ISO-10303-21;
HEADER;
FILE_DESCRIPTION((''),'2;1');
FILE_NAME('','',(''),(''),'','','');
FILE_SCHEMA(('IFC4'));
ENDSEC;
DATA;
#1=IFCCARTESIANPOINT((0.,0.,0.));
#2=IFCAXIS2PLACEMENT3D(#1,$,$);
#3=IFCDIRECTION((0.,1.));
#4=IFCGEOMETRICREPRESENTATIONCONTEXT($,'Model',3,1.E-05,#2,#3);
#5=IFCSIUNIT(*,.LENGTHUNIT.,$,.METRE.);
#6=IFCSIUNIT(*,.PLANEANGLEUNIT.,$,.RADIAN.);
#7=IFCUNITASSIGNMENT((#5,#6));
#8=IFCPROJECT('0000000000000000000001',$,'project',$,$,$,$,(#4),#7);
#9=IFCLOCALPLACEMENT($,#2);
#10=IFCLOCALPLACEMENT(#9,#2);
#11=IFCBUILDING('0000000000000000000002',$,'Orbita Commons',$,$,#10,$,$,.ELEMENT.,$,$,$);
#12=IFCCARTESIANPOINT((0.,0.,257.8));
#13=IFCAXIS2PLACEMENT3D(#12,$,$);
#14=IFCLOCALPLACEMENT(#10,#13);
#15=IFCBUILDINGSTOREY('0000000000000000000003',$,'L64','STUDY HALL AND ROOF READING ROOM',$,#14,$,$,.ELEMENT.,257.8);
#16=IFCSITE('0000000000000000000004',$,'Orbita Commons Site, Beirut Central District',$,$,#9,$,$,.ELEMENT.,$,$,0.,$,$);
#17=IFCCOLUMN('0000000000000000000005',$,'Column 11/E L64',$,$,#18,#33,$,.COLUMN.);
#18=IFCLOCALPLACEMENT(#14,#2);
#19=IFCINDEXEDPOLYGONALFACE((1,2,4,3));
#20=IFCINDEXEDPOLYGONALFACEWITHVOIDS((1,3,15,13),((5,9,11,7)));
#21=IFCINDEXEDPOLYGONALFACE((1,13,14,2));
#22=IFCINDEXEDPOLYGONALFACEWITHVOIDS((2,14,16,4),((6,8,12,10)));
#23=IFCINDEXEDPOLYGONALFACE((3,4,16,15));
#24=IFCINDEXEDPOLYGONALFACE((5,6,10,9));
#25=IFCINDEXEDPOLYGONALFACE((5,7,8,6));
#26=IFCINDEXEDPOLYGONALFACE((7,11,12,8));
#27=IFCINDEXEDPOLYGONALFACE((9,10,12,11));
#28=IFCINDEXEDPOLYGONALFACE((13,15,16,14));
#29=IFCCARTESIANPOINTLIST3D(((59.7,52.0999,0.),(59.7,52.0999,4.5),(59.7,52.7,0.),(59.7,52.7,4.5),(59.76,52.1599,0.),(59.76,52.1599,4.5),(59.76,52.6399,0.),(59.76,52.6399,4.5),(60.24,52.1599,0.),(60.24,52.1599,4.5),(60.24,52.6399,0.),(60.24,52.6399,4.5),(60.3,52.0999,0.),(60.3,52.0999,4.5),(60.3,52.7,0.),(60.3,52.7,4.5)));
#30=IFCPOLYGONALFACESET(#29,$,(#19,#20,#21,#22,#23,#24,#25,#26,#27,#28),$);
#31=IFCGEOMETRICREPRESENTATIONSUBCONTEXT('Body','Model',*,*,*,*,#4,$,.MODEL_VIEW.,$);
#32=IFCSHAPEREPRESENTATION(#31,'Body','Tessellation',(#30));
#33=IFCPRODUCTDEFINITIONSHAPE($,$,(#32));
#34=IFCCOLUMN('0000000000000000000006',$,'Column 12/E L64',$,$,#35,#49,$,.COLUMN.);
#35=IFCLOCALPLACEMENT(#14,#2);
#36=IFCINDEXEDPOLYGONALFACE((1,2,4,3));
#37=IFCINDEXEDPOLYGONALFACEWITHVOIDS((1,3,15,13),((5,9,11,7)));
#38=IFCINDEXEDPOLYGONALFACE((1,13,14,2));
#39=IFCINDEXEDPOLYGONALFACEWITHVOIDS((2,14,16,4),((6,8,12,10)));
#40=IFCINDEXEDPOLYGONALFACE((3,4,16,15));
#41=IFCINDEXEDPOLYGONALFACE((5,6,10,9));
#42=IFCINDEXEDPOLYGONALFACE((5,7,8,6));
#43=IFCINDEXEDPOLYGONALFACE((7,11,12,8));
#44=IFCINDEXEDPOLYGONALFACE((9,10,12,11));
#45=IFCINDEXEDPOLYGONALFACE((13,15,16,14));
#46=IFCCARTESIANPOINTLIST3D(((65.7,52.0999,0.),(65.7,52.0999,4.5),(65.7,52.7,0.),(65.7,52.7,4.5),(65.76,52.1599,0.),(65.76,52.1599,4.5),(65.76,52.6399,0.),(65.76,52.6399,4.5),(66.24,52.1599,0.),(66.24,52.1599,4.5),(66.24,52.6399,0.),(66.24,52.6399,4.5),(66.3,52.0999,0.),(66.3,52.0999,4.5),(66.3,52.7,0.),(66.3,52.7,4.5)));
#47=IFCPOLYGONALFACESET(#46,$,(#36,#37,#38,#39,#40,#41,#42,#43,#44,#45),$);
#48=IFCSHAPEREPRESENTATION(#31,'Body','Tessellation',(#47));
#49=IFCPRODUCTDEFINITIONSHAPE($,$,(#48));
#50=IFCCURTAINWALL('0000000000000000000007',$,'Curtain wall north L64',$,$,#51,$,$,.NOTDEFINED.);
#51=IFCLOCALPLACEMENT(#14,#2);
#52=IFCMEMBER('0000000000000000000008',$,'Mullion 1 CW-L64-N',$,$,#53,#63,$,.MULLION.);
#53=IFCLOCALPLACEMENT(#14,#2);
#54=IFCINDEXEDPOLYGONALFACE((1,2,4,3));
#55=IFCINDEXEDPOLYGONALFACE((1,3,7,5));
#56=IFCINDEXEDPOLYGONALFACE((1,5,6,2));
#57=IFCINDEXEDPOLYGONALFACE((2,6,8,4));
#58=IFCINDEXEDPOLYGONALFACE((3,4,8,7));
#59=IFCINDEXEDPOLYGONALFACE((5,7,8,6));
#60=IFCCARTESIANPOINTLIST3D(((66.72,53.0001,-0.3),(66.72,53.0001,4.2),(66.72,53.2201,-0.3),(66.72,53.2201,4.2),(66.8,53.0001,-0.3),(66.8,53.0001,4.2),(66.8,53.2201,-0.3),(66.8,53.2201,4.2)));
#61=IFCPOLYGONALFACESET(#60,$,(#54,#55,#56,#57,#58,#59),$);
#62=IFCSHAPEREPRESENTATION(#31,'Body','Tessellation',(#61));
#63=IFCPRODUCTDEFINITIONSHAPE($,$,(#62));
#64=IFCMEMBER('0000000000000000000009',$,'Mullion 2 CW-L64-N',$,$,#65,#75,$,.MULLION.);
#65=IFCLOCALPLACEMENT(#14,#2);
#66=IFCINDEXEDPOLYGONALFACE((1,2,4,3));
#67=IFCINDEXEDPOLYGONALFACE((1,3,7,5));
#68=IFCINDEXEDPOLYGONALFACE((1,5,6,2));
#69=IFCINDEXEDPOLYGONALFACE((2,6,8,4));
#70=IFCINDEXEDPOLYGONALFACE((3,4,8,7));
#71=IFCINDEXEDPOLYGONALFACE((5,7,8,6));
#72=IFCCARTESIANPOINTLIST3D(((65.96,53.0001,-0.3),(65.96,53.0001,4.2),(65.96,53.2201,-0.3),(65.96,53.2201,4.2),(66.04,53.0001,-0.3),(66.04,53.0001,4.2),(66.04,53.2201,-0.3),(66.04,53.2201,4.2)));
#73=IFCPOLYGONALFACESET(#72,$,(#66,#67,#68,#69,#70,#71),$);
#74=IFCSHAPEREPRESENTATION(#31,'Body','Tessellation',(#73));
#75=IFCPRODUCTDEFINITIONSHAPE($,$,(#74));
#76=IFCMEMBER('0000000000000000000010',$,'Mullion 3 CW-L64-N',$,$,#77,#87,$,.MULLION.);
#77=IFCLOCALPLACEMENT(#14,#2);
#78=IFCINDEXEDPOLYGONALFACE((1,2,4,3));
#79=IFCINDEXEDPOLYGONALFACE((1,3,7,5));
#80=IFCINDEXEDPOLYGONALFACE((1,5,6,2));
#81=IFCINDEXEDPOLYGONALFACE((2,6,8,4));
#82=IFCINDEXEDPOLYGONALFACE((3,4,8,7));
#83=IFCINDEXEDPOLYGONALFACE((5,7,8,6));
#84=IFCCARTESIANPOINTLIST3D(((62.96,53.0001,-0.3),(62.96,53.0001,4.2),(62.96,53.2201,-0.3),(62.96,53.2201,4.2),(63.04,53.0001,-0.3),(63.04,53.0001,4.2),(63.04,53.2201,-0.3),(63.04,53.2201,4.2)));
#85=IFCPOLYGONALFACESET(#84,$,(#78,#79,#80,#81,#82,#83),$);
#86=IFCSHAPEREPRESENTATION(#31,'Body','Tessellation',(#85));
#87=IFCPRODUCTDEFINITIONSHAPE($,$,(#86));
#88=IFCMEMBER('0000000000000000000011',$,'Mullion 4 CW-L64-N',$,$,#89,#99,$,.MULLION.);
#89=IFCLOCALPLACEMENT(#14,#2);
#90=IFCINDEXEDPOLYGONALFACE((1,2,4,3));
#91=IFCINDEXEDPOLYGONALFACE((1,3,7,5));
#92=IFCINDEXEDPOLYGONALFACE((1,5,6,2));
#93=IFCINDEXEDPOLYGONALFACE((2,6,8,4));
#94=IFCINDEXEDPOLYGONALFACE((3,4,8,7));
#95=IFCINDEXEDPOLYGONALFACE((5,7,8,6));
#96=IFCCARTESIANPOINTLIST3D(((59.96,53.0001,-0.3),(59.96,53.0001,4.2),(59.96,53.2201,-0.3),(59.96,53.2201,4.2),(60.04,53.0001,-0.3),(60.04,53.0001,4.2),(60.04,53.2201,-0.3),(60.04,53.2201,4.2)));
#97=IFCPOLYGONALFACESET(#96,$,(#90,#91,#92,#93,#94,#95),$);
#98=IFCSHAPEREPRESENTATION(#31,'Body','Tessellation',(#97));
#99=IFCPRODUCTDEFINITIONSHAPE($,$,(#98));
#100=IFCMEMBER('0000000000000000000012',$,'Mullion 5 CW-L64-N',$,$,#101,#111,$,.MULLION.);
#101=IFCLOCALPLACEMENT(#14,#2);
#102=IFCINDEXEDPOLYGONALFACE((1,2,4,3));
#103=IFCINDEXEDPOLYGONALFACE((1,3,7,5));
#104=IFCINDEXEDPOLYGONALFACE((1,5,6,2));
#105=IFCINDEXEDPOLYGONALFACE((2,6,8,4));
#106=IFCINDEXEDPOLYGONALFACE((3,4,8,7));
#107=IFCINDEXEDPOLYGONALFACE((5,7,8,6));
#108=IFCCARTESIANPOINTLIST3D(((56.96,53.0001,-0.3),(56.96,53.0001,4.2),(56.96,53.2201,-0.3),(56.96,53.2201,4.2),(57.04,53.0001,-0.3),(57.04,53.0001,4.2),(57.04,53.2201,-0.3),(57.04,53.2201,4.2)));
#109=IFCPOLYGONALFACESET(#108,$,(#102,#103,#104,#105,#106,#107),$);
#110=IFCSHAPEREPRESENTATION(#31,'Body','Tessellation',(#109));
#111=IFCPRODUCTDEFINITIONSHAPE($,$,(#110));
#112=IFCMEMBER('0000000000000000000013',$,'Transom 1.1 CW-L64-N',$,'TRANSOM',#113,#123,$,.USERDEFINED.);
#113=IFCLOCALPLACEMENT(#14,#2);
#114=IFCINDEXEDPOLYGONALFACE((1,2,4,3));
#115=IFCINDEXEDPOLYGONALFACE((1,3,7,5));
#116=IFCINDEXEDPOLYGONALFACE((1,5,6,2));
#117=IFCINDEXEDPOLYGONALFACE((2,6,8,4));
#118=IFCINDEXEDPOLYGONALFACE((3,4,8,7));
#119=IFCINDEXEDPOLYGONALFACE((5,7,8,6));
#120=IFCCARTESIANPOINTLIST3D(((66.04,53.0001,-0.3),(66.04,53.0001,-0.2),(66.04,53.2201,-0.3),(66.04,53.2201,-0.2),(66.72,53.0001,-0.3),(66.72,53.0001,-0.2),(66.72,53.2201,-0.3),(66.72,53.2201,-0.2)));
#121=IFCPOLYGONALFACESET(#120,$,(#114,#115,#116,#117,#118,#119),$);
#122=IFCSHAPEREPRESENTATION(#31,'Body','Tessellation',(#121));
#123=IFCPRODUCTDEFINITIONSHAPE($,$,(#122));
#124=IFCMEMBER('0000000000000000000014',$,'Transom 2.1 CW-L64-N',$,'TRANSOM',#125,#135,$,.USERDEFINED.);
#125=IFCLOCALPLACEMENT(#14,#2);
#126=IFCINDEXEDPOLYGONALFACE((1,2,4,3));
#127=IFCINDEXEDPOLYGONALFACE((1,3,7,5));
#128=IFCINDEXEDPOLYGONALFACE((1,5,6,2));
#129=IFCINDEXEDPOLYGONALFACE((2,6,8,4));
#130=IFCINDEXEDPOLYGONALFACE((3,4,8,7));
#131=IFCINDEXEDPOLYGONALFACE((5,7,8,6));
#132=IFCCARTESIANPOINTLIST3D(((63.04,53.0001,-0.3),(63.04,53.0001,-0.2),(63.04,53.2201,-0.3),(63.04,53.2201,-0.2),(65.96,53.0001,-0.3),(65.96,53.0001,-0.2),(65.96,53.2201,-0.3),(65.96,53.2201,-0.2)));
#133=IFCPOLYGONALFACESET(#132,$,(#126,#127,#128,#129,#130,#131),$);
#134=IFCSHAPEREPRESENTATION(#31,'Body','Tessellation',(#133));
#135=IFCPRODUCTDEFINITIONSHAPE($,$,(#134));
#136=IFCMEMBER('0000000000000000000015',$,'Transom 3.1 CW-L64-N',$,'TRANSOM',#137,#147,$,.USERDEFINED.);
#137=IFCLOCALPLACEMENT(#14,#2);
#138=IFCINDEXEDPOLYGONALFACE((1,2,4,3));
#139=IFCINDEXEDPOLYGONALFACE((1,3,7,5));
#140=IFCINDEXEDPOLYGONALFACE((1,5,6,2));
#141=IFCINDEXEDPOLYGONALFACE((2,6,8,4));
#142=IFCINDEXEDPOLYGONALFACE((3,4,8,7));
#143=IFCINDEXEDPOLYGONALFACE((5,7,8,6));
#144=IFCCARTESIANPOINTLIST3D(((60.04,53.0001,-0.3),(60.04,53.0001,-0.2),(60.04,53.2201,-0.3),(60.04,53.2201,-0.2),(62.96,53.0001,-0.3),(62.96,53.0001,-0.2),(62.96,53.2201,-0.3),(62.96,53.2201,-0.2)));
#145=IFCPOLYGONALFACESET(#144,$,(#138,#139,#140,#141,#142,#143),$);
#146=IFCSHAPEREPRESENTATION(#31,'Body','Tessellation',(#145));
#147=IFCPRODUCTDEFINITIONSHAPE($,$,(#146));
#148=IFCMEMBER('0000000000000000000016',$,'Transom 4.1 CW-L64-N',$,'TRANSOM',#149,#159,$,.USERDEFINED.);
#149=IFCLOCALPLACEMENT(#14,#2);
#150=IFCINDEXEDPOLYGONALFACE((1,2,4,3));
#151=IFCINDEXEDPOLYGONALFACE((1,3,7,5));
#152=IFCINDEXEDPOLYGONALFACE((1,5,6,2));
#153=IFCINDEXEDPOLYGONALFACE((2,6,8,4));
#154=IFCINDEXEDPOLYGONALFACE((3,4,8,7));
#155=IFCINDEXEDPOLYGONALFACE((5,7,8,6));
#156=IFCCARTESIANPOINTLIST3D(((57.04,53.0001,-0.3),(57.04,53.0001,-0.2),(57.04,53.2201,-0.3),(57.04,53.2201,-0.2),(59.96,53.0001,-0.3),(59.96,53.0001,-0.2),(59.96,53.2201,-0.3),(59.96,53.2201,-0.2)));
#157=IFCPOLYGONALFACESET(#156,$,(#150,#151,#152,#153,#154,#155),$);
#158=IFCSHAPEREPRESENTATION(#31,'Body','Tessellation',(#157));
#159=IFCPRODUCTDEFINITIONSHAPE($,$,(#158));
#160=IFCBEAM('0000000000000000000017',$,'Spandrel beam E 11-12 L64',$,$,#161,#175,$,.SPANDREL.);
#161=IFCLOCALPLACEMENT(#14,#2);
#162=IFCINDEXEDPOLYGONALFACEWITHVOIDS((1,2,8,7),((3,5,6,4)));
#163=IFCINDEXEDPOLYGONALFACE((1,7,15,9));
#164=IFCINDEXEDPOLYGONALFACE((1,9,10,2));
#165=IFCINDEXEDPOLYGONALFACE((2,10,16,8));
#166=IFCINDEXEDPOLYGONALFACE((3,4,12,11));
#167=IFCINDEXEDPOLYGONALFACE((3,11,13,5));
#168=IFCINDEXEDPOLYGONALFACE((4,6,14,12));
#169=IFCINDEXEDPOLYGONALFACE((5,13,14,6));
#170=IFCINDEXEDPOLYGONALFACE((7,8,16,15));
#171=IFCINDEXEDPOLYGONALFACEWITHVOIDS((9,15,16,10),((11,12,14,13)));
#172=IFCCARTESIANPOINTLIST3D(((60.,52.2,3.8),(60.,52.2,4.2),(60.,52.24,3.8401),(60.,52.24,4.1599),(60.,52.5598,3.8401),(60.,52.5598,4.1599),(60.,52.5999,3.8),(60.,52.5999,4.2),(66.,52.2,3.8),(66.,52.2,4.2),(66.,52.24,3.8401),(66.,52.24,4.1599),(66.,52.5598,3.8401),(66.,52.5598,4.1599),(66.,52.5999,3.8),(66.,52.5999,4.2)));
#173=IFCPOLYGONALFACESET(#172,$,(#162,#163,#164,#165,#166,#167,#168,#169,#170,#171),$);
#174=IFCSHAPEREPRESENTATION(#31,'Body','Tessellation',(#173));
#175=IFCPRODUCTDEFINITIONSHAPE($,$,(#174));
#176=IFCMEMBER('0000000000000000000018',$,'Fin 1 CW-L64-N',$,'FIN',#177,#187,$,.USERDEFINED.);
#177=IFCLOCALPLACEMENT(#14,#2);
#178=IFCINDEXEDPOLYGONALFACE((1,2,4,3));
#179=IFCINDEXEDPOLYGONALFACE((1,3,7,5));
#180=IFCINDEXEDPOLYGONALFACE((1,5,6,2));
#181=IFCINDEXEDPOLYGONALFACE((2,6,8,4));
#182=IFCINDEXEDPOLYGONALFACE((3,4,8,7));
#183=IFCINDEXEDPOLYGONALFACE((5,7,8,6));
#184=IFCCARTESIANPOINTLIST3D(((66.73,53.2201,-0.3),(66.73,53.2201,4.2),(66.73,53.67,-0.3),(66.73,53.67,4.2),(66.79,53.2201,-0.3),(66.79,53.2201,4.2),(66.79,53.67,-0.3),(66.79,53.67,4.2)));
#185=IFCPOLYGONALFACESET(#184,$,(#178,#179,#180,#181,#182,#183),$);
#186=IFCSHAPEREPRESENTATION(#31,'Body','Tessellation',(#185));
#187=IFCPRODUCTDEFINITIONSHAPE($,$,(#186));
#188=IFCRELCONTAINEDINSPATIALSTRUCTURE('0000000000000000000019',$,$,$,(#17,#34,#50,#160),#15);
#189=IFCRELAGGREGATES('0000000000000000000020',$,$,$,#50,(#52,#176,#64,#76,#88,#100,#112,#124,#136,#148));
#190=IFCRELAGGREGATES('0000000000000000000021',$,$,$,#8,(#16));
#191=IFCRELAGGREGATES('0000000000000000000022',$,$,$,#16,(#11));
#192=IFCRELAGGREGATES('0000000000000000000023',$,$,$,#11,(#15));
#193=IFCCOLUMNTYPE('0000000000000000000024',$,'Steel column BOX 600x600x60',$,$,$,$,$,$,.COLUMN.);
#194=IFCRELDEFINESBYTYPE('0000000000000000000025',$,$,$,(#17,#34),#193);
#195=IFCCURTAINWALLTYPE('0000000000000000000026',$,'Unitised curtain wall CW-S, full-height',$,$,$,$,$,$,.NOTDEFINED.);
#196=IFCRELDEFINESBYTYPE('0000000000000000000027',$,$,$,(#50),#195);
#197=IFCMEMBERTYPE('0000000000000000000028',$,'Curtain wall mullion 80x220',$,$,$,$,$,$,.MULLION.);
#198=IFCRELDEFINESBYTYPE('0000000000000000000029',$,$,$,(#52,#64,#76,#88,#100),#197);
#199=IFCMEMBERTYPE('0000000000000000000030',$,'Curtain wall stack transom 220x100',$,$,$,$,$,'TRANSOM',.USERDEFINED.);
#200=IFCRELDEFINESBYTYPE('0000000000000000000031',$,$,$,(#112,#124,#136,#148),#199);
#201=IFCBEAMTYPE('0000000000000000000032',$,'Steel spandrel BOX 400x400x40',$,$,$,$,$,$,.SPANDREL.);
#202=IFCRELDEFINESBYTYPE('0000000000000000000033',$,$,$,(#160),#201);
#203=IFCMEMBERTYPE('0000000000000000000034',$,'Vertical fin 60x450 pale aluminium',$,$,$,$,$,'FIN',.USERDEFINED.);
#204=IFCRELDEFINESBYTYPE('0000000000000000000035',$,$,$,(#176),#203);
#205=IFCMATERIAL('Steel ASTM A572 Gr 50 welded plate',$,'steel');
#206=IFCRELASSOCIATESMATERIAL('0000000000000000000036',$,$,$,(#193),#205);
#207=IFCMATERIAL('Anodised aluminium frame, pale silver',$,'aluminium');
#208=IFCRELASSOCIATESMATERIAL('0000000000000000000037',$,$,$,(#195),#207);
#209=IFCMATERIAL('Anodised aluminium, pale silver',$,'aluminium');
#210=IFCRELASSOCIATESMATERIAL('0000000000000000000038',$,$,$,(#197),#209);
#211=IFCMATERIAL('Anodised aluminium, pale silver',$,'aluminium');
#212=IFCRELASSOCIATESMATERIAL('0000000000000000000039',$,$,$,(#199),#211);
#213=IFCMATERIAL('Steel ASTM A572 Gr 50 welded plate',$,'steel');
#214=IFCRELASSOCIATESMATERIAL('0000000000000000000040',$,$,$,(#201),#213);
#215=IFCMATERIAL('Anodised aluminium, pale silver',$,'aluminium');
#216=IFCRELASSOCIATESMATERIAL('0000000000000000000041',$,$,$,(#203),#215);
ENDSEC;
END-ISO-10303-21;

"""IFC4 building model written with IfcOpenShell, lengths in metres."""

from ifc_helpers import new_model, si_unit, direction, frame, origin, origin_2d, place, context, subcontext, project, spatial, rectangle, hollow_rectangle, extrude, material, material_profile, profile_set, type_object, element, aggregate, save


model = new_model("IFC4")

# Units and contexts
model_context = context("Model", 3, precision=1e-05, world=origin(), true_north=direction((0.0, 1.0)))
body_context = subcontext(model_context, "Body", "Model", "MODEL_VIEW")
ifc_project = project(units=[si_unit("LENGTHUNIT", "METRE"), si_unit("PLANEANGLEUNIT", "RADIAN")], contexts=[model_context])

# Site, building, storey
site_placement = place(None, origin())
site = spatial("IfcSite", under=ifc_project, at=site_placement, Name="Orbita Commons Site, Beirut Central District", CompositionType="ELEMENT", RefElevation=0.0)
building_placement = place(site_placement, origin())
building = spatial("IfcBuilding", under=site, at=building_placement, Name="Orbita Commons", CompositionType="ELEMENT")
storey_placement = place(building_placement, frame((0.0, 0.0, 257.8)))
storey = spatial("IfcBuildingStorey", under=building, at=storey_placement, Name="L64", Description="STUDY HALL AND ROOF READING ROOM", CompositionType="ELEMENT", Elevation=257.8)

# Columns
ifc_material_1 = material(Name="Steel ASTM A572 Gr 50 welded plate", Category="steel")
ifc_material_profile_1 = material_profile(ifc_material_1, hollow_rectangle(XDim=0.6001, YDim=0.6001, WallThickness=0.0601, at=origin_2d()), Name="BOX 600x600x60")
ifc_profile_set_1 = profile_set([ifc_material_profile_1], Name="Steel ASTM A572 Gr 50 welded plate")
column_type = type_object("IfcColumnType", Name="Steel column BOX 600x600x60", PredefinedType="COLUMN", material=ifc_profile_set_1)
for number, where, z_axis, x_axis, name in (
    (1, (60.0, 52.3999, 0.0), (0.0, 0.0, 1.0), (1.0, 0.0, 0.0), "Column 11/E L64"),
    (2, (66.0, 52.3999, 0.0), (0.0, 0.0, 1.0), (1.0, 0.0, 0.0), "Column 12/E L64"),
):
    element("IfcColumn", number, at=place(storey_placement, frame(where, z_axis=z_axis, x_axis=x_axis)), inside=storey, type_object=column_type, Name=name, PredefinedType="COLUMN", context=body_context, shape_type="SweptSolid", body=[
        extrude(hollow_rectangle(XDim=0.6001, YDim=0.6001, WallThickness=0.0601, at=origin_2d()), origin(), (0.0, 0.0, 1.0), 4.5),
    ])

# Curtain wall, members
ifc_material_2 = material(Name="Anodised aluminium frame, pale silver", Category="aluminium")
curtain_wall_type = type_object("IfcCurtainWallType", Name="Unitised curtain wall CW-S, full-height", PredefinedType="NOTDEFINED", material=ifc_material_2)
curtain_wall_placement = place(storey_placement, origin())
curtain_wall = element("IfcCurtainWall", 3, at=curtain_wall_placement, inside=storey, type_object=curtain_wall_type, Name="Curtain wall north L64", PredefinedType="NOTDEFINED")
ifc_material_3 = material(Name="Anodised aluminium, pale silver", Category="aluminium")
ifc_material_profile_2 = material_profile(ifc_material_3, rectangle(XDim=0.0801, YDim=0.22, at=origin_2d()), Name="AL 80x220")
ifc_profile_set_2 = profile_set([ifc_material_profile_2], Name="Anodised aluminium, pale silver")
member_type_1 = type_object("IfcMemberType", Name="Curtain wall mullion 80x220", PredefinedType="MULLION", material=ifc_profile_set_2)
member_1_placement = place(storey_placement, frame((66.76, 53.1101, -0.3), z_axis=(0.0, 0.0, 1.0), x_axis=(-1.0, 0.0, 0.0)))
member_1 = element("IfcMember", 4, at=member_1_placement, type_object=member_type_1, Name="Mullion 1 CW-L64-N", PredefinedType="MULLION", context=body_context, shape_type="SweptSolid", body=[
    extrude(rectangle(XDim=0.0801, YDim=0.22, at=origin_2d()), origin(), (0.0, 0.0, 1.0), 4.5),
])
member_2_placement = place(storey_placement, frame((66.0, 53.1101, -0.3), z_axis=(0.0, 0.0, 1.0), x_axis=(-1.0, 0.0, 0.0)))
member_2 = element("IfcMember", 5, at=member_2_placement, type_object=member_type_1, Name="Mullion 2 CW-L64-N", PredefinedType="MULLION", context=body_context, shape_type="SweptSolid", body=[
    extrude(rectangle(XDim=0.0801, YDim=0.22, at=origin_2d()), origin(), (0.0, 0.0, 1.0), 4.5),
])
member_3_placement = place(storey_placement, frame((63.0, 53.1101, -0.3), z_axis=(0.0, 0.0, 1.0), x_axis=(-1.0, 0.0, 0.0)))
member_3 = element("IfcMember", 6, at=member_3_placement, type_object=member_type_1, Name="Mullion 3 CW-L64-N", PredefinedType="MULLION", context=body_context, shape_type="SweptSolid", body=[
    extrude(rectangle(XDim=0.0801, YDim=0.22, at=origin_2d()), origin(), (0.0, 0.0, 1.0), 4.5),
])
member_4_placement = place(storey_placement, frame((60.0, 53.1101, -0.3), z_axis=(0.0, 0.0, 1.0), x_axis=(-1.0, 0.0, 0.0)))
member_4 = element("IfcMember", 7, at=member_4_placement, type_object=member_type_1, Name="Mullion 4 CW-L64-N", PredefinedType="MULLION", context=body_context, shape_type="SweptSolid", body=[
    extrude(rectangle(XDim=0.0801, YDim=0.22, at=origin_2d()), origin(), (0.0, 0.0, 1.0), 4.5),
])
member_5_placement = place(storey_placement, frame((57.0, 53.1101, -0.3), z_axis=(0.0, 0.0, 1.0), x_axis=(-1.0, 0.0, 0.0)))
member_5 = element("IfcMember", 8, at=member_5_placement, type_object=member_type_1, Name="Mullion 5 CW-L64-N", PredefinedType="MULLION", context=body_context, shape_type="SweptSolid", body=[
    extrude(rectangle(XDim=0.0801, YDim=0.22, at=origin_2d()), origin(), (0.0, 0.0, 1.0), 4.5),
])
ifc_material_4 = material(Name="Anodised aluminium, pale silver", Category="aluminium")
ifc_material_profile_3 = material_profile(ifc_material_4, rectangle(XDim=0.22, YDim=0.1001, at=origin_2d()), Name="AL 220x100")
ifc_profile_set_3 = profile_set([ifc_material_profile_3], Name="Anodised aluminium, pale silver")
member_type_2 = type_object("IfcMemberType", Name="Curtain wall stack transom 220x100", ElementType="TRANSOM", PredefinedType="USERDEFINED", material=ifc_profile_set_3)
member_6_placement = place(storey_placement, frame((66.72, 53.1101, -0.25), z_axis=(-1.0, 0.0, 0.0), x_axis=(0.0, -1.0, 0.0)))
member_6 = element("IfcMember", 9, at=member_6_placement, type_object=member_type_2, Name="Transom 1.1 CW-L64-N", ObjectType="TRANSOM", PredefinedType="USERDEFINED", context=body_context, shape_type="SweptSolid", body=[
    extrude(rectangle(XDim=0.22, YDim=0.1001, at=origin_2d()), origin(), (0.0, 0.0, 1.0), 0.6799),
])
member_7_placement = place(storey_placement, frame((65.96, 53.1101, -0.25), z_axis=(-1.0, 0.0, 0.0), x_axis=(0.0, -1.0, 0.0)))
member_7 = element("IfcMember", 10, at=member_7_placement, type_object=member_type_2, Name="Transom 2.1 CW-L64-N", ObjectType="TRANSOM", PredefinedType="USERDEFINED", context=body_context, shape_type="SweptSolid", body=[
    extrude(rectangle(XDim=0.22, YDim=0.1001, at=origin_2d()), origin(), (0.0, 0.0, 1.0), 2.9199),
])
member_8_placement = place(storey_placement, frame((62.96, 53.1101, -0.25), z_axis=(-1.0, 0.0, 0.0), x_axis=(0.0, -1.0, 0.0)))
member_8 = element("IfcMember", 11, at=member_8_placement, type_object=member_type_2, Name="Transom 3.1 CW-L64-N", ObjectType="TRANSOM", PredefinedType="USERDEFINED", context=body_context, shape_type="SweptSolid", body=[
    extrude(rectangle(XDim=0.22, YDim=0.1001, at=origin_2d()), origin(), (0.0, 0.0, 1.0), 2.9199),
])
member_9_placement = place(storey_placement, frame((59.96, 53.1101, -0.25), z_axis=(-1.0, 0.0, 0.0), x_axis=(0.0, -1.0, 0.0)))
member_9 = element("IfcMember", 12, at=member_9_placement, type_object=member_type_2, Name="Transom 4.1 CW-L64-N", ObjectType="TRANSOM", PredefinedType="USERDEFINED", context=body_context, shape_type="SweptSolid", body=[
    extrude(rectangle(XDim=0.22, YDim=0.1001, at=origin_2d()), origin(), (0.0, 0.0, 1.0), 2.9199),
])

# Beam
ifc_material_5 = material(Name="Steel ASTM A572 Gr 50 welded plate", Category="steel")
ifc_material_profile_4 = material_profile(ifc_material_5, hollow_rectangle(XDim=0.3999, YDim=0.3999, WallThickness=0.04, at=origin_2d()), Name="BOX 400x400x40")
ifc_profile_set_4 = profile_set([ifc_material_profile_4], Name="Steel ASTM A572 Gr 50 welded plate")
beam_type = type_object("IfcBeamType", Name="Steel spandrel BOX 400x400x40", PredefinedType="SPANDREL", material=ifc_profile_set_4)
beam_placement = place(storey_placement, frame((60.0, 52.3999, 4.0), z_axis=(1.0, 0.0, 0.0), x_axis=(0.0, 1.0, 0.0)))
element("IfcBeam", 13, at=beam_placement, inside=storey, type_object=beam_type, Name="Spandrel beam E 11-12 L64", PredefinedType="SPANDREL", context=body_context, shape_type="SweptSolid", body=[
    extrude(hollow_rectangle(XDim=0.3999, YDim=0.3999, WallThickness=0.04, at=origin_2d()), origin(), (0.0, 0.0, 1.0), 6.0),
])

# Member
ifc_material_6 = material(Name="Anodised aluminium, pale silver", Category="aluminium")
ifc_material_profile_5 = material_profile(ifc_material_6, rectangle(XDim=0.0601, YDim=0.45, at=origin_2d()), Name="FIN 60x450")
ifc_profile_set_5 = profile_set([ifc_material_profile_5], Name="Anodised aluminium, pale silver")
member_type_3 = type_object("IfcMemberType", Name="Vertical fin 60x450 pale aluminium", ElementType="FIN", PredefinedType="USERDEFINED", material=ifc_profile_set_5)
member_10_placement = place(storey_placement, frame((66.76, 53.4451, -0.3), z_axis=(0.0, 0.0, 1.0), x_axis=(-1.0, 0.0, 0.0)))
member_10 = element("IfcMember", 14, at=member_10_placement, type_object=member_type_3, Name="Fin 1 CW-L64-N", ObjectType="FIN", PredefinedType="USERDEFINED", context=body_context, shape_type="SweptSolid", body=[
    extrude(rectangle(XDim=0.0601, YDim=0.45, at=origin_2d()), origin(), (0.0, 0.0, 1.0), 4.5),
])

aggregate(curtain_wall, [member_1, member_10, member_2, member_3, member_4, member_5, member_6, member_7, member_8, member_9])

save(model, "model.ifc")
